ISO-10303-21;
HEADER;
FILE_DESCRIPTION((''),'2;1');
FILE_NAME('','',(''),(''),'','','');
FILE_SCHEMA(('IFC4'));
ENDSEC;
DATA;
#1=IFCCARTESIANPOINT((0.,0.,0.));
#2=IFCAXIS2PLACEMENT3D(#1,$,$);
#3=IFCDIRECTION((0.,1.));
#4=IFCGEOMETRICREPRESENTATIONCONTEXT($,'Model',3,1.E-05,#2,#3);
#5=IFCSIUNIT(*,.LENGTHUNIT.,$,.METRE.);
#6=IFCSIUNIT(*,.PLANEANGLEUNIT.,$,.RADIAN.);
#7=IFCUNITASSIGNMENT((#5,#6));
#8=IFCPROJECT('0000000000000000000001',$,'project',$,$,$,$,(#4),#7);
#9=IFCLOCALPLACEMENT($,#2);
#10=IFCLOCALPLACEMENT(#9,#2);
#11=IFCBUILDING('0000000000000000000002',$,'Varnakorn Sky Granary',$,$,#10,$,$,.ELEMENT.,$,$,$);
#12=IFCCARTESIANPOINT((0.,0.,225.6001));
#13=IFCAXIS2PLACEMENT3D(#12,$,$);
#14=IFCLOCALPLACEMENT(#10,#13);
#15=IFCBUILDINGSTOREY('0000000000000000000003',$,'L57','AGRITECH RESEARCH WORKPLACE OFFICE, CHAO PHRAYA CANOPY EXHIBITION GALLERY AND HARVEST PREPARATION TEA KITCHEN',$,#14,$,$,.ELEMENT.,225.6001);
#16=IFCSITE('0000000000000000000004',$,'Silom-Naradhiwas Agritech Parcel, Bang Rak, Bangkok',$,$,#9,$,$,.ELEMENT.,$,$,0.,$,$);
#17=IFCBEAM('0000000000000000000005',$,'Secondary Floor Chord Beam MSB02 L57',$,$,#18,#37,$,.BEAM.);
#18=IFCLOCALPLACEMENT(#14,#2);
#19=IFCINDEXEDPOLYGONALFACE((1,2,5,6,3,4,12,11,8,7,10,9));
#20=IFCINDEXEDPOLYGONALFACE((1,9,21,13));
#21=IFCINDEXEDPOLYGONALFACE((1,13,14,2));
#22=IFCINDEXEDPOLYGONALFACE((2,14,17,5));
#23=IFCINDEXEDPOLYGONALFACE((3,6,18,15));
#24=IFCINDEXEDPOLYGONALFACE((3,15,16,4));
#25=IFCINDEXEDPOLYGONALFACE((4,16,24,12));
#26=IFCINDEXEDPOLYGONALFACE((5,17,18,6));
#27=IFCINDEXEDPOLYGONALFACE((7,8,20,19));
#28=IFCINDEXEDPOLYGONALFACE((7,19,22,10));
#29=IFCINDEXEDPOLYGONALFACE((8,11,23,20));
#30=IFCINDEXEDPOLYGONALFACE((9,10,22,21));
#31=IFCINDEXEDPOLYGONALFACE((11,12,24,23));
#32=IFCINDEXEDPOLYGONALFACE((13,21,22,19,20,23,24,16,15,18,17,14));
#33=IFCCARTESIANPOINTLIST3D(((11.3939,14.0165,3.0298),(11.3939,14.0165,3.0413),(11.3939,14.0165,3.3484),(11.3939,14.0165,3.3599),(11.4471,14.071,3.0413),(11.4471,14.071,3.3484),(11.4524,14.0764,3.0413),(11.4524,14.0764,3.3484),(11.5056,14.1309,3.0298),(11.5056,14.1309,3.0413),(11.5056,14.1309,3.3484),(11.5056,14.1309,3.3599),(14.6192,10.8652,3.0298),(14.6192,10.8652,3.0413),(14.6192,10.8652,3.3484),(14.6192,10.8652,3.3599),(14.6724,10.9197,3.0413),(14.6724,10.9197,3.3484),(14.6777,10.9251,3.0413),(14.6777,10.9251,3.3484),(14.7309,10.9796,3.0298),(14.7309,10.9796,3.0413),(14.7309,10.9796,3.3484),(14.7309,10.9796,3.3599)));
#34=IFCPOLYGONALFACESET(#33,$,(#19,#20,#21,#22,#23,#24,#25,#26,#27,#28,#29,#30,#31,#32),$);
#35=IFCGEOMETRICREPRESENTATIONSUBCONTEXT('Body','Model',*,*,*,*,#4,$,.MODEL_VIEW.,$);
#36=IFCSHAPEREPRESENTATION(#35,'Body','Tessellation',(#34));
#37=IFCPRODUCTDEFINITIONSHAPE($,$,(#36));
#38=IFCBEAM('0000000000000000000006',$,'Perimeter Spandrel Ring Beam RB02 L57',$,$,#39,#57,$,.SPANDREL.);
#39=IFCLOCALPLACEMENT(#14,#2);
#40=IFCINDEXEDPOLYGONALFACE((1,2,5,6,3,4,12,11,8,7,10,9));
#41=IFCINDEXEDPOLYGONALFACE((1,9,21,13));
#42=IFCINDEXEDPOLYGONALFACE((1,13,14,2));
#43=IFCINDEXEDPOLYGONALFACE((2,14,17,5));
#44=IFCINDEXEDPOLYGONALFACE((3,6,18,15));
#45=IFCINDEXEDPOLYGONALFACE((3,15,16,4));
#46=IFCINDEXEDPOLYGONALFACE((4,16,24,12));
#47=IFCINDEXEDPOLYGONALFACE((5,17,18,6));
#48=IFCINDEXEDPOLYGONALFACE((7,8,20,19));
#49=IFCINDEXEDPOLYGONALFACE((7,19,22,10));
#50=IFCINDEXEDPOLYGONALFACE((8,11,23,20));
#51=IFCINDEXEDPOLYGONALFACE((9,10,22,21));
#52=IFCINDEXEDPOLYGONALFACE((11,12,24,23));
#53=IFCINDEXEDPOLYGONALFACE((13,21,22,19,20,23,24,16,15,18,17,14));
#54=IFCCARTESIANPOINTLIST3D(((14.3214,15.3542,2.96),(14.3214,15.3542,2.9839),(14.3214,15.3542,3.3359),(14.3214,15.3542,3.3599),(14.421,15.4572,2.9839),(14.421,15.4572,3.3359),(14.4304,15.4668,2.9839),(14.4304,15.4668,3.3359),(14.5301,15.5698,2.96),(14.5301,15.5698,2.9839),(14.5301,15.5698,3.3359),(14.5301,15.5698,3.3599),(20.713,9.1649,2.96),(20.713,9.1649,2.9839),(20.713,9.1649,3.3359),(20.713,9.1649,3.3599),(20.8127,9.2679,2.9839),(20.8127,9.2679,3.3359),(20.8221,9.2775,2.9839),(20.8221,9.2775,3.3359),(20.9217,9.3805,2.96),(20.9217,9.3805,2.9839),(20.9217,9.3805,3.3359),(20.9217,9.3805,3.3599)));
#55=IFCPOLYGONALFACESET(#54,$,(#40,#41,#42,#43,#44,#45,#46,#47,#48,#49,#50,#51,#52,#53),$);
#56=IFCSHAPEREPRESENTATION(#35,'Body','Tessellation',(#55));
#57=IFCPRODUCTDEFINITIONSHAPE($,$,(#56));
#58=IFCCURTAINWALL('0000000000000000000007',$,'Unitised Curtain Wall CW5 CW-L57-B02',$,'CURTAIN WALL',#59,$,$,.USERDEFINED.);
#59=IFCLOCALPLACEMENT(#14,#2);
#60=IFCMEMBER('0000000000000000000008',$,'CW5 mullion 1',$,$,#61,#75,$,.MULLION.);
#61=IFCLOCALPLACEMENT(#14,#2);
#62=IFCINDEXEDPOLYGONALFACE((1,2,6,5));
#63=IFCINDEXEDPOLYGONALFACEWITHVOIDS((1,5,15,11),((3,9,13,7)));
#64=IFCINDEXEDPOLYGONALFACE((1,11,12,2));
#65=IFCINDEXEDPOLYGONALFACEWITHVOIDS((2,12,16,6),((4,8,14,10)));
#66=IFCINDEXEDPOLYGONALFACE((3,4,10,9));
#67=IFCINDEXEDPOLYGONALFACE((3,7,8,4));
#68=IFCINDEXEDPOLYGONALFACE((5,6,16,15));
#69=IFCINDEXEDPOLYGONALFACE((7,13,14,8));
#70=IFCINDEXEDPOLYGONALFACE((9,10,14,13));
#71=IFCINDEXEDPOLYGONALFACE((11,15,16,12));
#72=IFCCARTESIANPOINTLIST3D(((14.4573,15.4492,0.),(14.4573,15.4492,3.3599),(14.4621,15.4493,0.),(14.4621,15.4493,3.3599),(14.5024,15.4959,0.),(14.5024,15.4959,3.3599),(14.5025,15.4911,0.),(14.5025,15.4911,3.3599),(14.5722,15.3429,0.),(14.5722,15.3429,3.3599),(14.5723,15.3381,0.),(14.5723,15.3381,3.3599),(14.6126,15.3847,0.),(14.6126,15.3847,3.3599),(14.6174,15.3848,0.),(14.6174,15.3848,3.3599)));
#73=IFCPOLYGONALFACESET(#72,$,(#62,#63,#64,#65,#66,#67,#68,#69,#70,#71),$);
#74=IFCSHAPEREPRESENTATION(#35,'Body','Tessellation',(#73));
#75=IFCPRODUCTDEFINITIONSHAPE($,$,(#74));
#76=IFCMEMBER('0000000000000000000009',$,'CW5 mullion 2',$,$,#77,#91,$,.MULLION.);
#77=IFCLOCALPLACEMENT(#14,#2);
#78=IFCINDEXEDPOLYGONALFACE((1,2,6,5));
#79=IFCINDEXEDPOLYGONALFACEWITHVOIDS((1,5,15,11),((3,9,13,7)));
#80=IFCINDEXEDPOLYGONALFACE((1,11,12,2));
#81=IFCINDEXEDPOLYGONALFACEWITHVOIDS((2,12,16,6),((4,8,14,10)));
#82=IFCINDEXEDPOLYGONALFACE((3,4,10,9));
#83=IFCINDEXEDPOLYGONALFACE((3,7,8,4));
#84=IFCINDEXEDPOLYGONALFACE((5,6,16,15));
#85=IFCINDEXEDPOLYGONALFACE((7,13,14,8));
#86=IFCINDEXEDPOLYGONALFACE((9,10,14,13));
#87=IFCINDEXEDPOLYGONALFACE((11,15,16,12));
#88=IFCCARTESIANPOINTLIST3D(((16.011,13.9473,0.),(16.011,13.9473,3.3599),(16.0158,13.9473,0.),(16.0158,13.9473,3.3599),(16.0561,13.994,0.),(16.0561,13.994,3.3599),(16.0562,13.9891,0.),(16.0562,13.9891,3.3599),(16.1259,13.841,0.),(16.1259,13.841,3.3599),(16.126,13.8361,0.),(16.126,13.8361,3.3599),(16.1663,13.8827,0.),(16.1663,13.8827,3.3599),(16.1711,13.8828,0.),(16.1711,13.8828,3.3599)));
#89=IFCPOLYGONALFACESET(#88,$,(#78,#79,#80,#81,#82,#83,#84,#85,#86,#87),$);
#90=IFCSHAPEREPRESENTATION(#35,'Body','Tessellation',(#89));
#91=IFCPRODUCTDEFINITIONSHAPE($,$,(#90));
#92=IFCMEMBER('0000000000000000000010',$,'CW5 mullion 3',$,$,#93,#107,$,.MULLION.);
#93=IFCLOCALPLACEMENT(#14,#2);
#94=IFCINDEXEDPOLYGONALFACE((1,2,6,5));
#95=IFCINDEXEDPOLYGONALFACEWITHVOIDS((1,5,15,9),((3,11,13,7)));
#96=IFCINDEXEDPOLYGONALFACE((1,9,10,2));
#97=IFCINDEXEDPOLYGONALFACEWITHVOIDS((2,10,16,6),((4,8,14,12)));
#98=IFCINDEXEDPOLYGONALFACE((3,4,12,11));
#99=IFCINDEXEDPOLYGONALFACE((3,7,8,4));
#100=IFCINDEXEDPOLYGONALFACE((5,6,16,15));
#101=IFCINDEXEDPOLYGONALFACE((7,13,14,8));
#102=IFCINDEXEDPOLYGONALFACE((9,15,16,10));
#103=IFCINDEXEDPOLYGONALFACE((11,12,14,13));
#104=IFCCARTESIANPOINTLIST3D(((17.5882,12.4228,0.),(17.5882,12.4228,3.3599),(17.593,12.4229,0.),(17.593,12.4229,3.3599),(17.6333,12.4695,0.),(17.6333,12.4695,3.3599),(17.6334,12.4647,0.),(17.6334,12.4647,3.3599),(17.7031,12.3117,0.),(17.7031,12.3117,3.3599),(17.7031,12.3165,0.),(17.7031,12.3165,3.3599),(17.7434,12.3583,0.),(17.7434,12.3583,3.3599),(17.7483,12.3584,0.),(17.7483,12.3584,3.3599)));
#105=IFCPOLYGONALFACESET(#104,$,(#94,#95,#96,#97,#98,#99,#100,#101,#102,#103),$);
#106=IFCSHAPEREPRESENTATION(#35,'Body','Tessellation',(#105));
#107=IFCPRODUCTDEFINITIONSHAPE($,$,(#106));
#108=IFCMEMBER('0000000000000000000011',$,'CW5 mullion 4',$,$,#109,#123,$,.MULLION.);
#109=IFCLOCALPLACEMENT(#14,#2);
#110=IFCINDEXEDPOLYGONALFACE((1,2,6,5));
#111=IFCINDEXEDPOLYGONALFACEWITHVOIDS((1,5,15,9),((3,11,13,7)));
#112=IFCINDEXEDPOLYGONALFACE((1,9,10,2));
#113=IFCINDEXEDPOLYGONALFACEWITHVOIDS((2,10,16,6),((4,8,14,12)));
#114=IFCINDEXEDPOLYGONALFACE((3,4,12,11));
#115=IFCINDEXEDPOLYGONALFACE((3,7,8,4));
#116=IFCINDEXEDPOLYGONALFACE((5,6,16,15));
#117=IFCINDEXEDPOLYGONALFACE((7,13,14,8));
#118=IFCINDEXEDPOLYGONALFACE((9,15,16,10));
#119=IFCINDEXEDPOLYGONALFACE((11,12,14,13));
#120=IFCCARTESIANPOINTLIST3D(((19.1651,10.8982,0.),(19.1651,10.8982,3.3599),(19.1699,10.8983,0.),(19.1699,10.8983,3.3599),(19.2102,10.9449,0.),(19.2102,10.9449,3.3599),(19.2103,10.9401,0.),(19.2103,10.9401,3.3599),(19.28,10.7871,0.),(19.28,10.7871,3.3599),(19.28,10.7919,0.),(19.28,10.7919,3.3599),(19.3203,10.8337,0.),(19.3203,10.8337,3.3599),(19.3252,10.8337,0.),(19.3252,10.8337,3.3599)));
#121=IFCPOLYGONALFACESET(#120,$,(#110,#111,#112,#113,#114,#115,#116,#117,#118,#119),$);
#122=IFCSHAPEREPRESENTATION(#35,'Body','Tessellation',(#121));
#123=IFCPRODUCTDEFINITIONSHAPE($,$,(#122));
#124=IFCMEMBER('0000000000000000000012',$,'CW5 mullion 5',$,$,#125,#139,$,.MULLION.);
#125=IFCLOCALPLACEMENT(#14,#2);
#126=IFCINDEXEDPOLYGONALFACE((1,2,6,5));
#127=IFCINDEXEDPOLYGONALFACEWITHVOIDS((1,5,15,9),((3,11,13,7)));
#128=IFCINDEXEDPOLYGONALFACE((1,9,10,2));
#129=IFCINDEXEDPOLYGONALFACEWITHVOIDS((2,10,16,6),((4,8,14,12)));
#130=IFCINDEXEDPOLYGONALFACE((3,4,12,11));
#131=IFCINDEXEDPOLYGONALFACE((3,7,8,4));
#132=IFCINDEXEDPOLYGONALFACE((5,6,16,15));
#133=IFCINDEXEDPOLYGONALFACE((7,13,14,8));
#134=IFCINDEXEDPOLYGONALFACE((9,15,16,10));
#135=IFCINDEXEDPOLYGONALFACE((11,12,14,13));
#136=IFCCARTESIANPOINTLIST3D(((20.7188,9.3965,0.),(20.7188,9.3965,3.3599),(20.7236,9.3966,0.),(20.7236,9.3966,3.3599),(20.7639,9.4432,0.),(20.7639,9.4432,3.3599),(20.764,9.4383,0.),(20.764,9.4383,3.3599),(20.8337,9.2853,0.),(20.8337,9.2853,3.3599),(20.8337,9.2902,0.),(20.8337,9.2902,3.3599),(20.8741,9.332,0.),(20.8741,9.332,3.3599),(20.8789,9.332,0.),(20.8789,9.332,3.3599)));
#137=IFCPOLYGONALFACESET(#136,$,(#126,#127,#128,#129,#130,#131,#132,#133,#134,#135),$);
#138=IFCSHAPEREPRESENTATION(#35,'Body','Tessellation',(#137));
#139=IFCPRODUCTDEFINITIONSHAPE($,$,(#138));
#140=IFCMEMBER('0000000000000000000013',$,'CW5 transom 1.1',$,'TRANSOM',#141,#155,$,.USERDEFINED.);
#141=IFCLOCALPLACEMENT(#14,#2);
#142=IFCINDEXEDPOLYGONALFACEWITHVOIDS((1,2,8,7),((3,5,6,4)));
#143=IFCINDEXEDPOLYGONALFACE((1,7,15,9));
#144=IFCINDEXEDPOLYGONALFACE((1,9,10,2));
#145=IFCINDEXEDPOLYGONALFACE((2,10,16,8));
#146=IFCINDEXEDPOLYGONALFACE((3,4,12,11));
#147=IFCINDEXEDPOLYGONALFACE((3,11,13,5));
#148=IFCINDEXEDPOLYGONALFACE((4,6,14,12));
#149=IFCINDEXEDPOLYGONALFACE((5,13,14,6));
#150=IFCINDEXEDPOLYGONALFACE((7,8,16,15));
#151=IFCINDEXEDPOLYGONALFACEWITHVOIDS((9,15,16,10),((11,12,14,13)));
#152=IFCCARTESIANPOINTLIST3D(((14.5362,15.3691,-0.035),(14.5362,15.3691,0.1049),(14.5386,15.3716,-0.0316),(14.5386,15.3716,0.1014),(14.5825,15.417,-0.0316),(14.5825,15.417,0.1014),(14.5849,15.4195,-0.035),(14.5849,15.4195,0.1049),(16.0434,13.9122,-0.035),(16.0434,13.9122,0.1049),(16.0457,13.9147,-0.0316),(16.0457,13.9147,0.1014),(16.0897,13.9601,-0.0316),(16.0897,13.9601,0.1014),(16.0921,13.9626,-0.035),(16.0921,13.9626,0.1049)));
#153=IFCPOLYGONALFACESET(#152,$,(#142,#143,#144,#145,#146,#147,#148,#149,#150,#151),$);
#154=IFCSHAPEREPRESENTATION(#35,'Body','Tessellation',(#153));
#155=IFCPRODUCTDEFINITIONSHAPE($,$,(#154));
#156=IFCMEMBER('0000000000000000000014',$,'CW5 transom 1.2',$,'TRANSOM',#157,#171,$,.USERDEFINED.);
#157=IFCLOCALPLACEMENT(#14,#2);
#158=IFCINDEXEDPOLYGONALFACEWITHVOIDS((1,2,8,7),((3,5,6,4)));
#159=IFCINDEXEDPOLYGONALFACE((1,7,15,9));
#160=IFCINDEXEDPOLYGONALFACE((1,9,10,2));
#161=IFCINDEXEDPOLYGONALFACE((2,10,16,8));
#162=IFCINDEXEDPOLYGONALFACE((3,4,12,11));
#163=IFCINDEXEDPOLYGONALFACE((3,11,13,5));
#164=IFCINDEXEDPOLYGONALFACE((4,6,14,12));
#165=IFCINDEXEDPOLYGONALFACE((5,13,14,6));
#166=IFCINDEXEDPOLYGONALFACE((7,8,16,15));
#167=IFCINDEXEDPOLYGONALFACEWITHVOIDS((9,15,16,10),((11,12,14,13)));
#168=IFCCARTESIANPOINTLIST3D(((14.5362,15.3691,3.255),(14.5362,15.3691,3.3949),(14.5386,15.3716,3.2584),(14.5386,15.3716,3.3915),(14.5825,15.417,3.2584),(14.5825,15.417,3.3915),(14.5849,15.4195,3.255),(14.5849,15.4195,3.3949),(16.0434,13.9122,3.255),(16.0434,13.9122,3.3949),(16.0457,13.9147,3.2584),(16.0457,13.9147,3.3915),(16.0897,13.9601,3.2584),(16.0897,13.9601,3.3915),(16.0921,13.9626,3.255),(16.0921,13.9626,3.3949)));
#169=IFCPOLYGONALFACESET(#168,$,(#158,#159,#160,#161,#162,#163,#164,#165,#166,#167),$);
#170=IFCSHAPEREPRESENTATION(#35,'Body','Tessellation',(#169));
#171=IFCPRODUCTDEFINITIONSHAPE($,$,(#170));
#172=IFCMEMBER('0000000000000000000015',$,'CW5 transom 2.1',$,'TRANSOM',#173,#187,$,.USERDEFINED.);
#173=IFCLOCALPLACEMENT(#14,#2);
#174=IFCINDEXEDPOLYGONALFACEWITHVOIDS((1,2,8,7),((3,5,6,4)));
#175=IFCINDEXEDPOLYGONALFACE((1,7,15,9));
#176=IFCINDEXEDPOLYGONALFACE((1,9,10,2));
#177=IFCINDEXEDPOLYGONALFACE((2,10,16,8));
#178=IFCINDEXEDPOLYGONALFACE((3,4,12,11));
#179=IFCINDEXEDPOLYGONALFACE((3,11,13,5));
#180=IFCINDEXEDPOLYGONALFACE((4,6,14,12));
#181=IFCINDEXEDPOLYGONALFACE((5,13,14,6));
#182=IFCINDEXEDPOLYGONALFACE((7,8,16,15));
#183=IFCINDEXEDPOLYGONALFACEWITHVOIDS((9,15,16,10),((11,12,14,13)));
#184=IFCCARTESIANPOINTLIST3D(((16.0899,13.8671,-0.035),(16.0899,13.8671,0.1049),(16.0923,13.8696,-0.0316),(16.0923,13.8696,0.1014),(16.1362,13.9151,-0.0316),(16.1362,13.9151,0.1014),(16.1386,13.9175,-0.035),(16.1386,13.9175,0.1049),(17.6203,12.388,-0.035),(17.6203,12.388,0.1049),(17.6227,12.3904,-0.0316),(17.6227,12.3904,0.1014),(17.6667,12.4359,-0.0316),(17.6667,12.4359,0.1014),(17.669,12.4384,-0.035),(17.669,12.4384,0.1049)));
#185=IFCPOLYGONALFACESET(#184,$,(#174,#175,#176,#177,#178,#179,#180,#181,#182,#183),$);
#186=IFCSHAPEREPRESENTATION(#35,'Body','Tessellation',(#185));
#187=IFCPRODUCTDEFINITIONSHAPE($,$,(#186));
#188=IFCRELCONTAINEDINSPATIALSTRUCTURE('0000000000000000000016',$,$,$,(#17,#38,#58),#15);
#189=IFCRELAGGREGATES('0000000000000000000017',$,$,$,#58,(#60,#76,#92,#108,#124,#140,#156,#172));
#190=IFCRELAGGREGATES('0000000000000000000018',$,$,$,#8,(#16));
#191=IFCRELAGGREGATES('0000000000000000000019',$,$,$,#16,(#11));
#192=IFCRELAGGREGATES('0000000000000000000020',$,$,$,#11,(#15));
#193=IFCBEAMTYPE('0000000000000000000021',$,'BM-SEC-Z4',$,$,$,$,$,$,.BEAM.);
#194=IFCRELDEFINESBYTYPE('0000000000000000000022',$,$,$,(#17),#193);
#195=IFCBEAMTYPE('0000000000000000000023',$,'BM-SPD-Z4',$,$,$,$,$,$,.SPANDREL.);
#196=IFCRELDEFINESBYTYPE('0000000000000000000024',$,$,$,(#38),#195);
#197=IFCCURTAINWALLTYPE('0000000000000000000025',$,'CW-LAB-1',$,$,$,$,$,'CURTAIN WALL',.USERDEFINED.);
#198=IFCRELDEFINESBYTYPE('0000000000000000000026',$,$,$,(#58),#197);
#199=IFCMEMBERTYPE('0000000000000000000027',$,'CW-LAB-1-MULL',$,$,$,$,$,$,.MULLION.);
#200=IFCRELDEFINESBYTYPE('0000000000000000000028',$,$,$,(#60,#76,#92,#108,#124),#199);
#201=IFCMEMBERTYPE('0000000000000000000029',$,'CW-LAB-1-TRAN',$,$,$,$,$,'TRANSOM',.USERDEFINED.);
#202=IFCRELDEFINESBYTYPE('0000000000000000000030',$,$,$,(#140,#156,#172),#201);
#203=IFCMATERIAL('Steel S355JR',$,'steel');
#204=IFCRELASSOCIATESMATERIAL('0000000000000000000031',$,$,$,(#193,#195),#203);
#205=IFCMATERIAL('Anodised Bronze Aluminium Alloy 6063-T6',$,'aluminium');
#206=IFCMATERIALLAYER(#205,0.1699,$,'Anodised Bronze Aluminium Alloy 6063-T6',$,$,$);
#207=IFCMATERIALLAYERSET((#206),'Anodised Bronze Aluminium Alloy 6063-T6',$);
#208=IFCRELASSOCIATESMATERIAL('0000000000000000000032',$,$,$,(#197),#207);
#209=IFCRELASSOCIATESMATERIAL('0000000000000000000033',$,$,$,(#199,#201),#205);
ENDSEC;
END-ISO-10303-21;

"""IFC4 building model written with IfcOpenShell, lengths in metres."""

from ifc_helpers import new_model, si_unit, direction, frame, origin, origin_2d, place, context, subcontext, project, spatial, hollow_rectangle, i_section, extrude, material, layer, layer_set, material_profile, profile_set, type_object, element, aggregate, save


model = new_model("IFC4")

# Units and contexts
model_context = context("Model", 3, precision=1e-05, world=origin(), true_north=direction((0.0, 1.0)))
body_context = subcontext(model_context, "Body", "Model", "MODEL_VIEW")
ifc_project = project(units=[si_unit("LENGTHUNIT", "METRE"), si_unit("PLANEANGLEUNIT", "RADIAN")], contexts=[model_context])

# Site, building, storey
site_placement = place(None, origin())
site = spatial("IfcSite", under=ifc_project, at=site_placement, Name="Silom-Naradhiwas Agritech Parcel, Bang Rak, Bangkok", CompositionType="ELEMENT", RefElevation=0.0)
building_placement = place(site_placement, origin())
building = spatial("IfcBuilding", under=site, at=building_placement, Name="Varnakorn Sky Granary", CompositionType="ELEMENT")
storey_placement = place(building_placement, frame((0.0, 0.0, 225.6001)))
storey = spatial("IfcBuildingStorey", under=building, at=storey_placement, Name="L57", Description="AGRITECH RESEARCH WORKPLACE OFFICE, CHAO PHRAYA CANOPY EXHIBITION GALLERY AND HARVEST PREPARATION TEA KITCHEN", CompositionType="ELEMENT", Elevation=225.6001)

# Beams
ifc_material_1 = material(Name="Steel S355JR", Category="steel")
ifc_material_profile_1 = material_profile(ifc_material_1, i_section(OverallWidth=0.1599, OverallDepth=0.3301, WebThickness=0.0076, FlangeThickness=0.0115, at=origin_2d()), Name="IPE 330")
ifc_profile_set_1 = profile_set([ifc_material_profile_1], Name="Steel S355JR")
beam_type_1 = type_object("IfcBeamType", Name="BM-SEC-Z4", PredefinedType="BEAM", material=ifc_profile_set_1)
beam_1_placement = place(storey_placement, frame((14.675, 10.9224, 3.1948), z_axis=(-0.715262, 0.698857, 0.0), x_axis=(-0.698857, -0.715262, 0.0)))
element("IfcBeam", 1, at=beam_1_placement, inside=storey, type_object=beam_type_1, Name="Secondary Floor Chord Beam MSB02 L57", PredefinedType="BEAM", context=body_context, shape_type="SweptSolid", body=[
    extrude(i_section(OverallWidth=0.1599, OverallDepth=0.3301, WebThickness=0.0076, FlangeThickness=0.0115, at=origin_2d()), origin(), (0.0, 0.0, 1.0), 4.5093),
])
ifc_material_profile_2 = material_profile(ifc_material_1, i_section(OverallWidth=0.3, OverallDepth=0.3999, WebThickness=0.0134, FlangeThickness=0.0239, at=origin_2d()), Name="HE 400 B")
ifc_profile_set_2 = profile_set([ifc_material_profile_2], Name="Steel S355JR")
beam_type_2 = type_object("IfcBeamType", Name="BM-SPD-Z4", PredefinedType="SPANDREL", material=ifc_profile_set_2)
beam_2_placement = place(storey_placement, frame((20.8174, 9.2727, 3.1599), z_axis=(-0.718389, 0.695641, 0.0), x_axis=(-0.695641, -0.718389, 0.0)))
element("IfcBeam", 2, at=beam_2_placement, inside=storey, type_object=beam_type_2, Name="Perimeter Spandrel Ring Beam RB02 L57", PredefinedType="SPANDREL", context=body_context, shape_type="SweptSolid", body=[
    extrude(i_section(OverallWidth=0.3, OverallDepth=0.3999, WebThickness=0.0134, FlangeThickness=0.0239, at=origin_2d()), origin(), (0.0, 0.0, 1.0), 8.8972),
])

# Curtain wall, members
ifc_material_2 = material(Name="Anodised Bronze Aluminium Alloy 6063-T6", Category="aluminium")
ifc_layer_1 = layer(ifc_material_2, 0.1699, Name="Anodised Bronze Aluminium Alloy 6063-T6")
ifc_layer_set_1 = layer_set([ifc_layer_1], Name="Anodised Bronze Aluminium Alloy 6063-T6")
curtain_wall_type = type_object("IfcCurtainWallType", Name="CW-LAB-1", ElementType="CURTAIN WALL", PredefinedType="USERDEFINED", material=ifc_layer_set_1)
curtain_wall_placement = place(storey_placement, origin())
curtain_wall = element("IfcCurtainWall", 3, at=curtain_wall_placement, inside=storey, type_object=curtain_wall_type, Name="Unitised Curtain Wall CW5 CW-L57-B02", ObjectType="CURTAIN WALL", PredefinedType="USERDEFINED")
ifc_material_profile_3 = material_profile(ifc_material_2, hollow_rectangle(XDim=0.0649, YDim=0.1599, WallThickness=0.0034, at=origin_2d()), Name="ALU MULL 65x160")
ifc_profile_set_3 = profile_set([ifc_material_profile_3], Name="Anodised Bronze Aluminium Alloy 6063-T6")
member_type_1 = type_object("IfcMemberType", Name="CW-LAB-1-MULL", PredefinedType="MULLION", material=ifc_profile_set_3)
member_1_placement = place(storey_placement, frame((14.5374, 15.417, 0.0), z_axis=(0.0, 0.0, 1.0), x_axis=(0.695009, 0.719001, 0.0)))
member_1 = element("IfcMember", 4, at=member_1_placement, type_object=member_type_1, Name="CW5 mullion 1", PredefinedType="MULLION", context=body_context, shape_type="SweptSolid", body=[
    extrude(hollow_rectangle(XDim=0.0649, YDim=0.1599, WallThickness=0.0034, at=origin_2d()), origin(), (0.0, 0.0, 1.0), 3.3599),
])
member_2_placement = place(storey_placement, frame((16.0911, 13.915, 0.0), z_axis=(0.0, 0.0, 1.0), x_axis=(0.695009, 0.719001, 0.0)))
member_2 = element("IfcMember", 5, at=member_2_placement, type_object=member_type_1, Name="CW5 mullion 2", PredefinedType="MULLION", context=body_context, shape_type="SweptSolid", body=[
    extrude(hollow_rectangle(XDim=0.0649, YDim=0.1599, WallThickness=0.0034, at=origin_2d()), origin(), (0.0, 0.0, 1.0), 3.3599),
])
member_3_placement = place(storey_placement, frame((17.6682, 12.3906, 0.0), z_axis=(0.0, 0.0, 1.0), x_axis=(0.695009, 0.719001, 0.0)))
member_3 = element("IfcMember", 6, at=member_3_placement, type_object=member_type_1, Name="CW5 mullion 3", PredefinedType="MULLION", context=body_context, shape_type="SweptSolid", body=[
    extrude(hollow_rectangle(XDim=0.0649, YDim=0.1599, WallThickness=0.0034, at=origin_2d()), origin(), (0.0, 0.0, 1.0), 3.3599),
])
member_4_placement = place(storey_placement, frame((19.2451, 10.866, 0.0), z_axis=(0.0, 0.0, 1.0), x_axis=(0.695009, 0.719001, 0.0)))
member_4 = element("IfcMember", 7, at=member_4_placement, type_object=member_type_1, Name="CW5 mullion 4", PredefinedType="MULLION", context=body_context, shape_type="SweptSolid", body=[
    extrude(hollow_rectangle(XDim=0.0649, YDim=0.1599, WallThickness=0.0034, at=origin_2d()), origin(), (0.0, 0.0, 1.0), 3.3599),
])
member_5_placement = place(storey_placement, frame((20.7988, 9.3643, 0.0), z_axis=(0.0, 0.0, 1.0), x_axis=(0.695009, 0.719001, 0.0)))
member_5 = element("IfcMember", 8, at=member_5_placement, type_object=member_type_1, Name="CW5 mullion 5", PredefinedType="MULLION", context=body_context, shape_type="SweptSolid", body=[
    extrude(hollow_rectangle(XDim=0.0649, YDim=0.1599, WallThickness=0.0034, at=origin_2d()), origin(), (0.0, 0.0, 1.0), 3.3599),
])
ifc_material_profile_4 = material_profile(ifc_material_2, hollow_rectangle(XDim=0.0701, YDim=0.1399, WallThickness=0.0034, at=origin_2d()), Name="ALU TRAN 70x140")
ifc_profile_set_4 = profile_set([ifc_material_profile_4], Name="Anodised Bronze Aluminium Alloy 6063-T6")
member_type_2 = type_object("IfcMemberType", Name="CW-LAB-1-TRAN", ElementType="TRANSOM", PredefinedType="USERDEFINED", material=ifc_profile_set_4)
member_6_placement = place(storey_placement, frame((14.5605, 15.3943, 0.0349), z_axis=(0.719002, -0.695008, 0.0), x_axis=(0.695008, 0.719002, 0.0)))
member_6 = element("IfcMember", 9, at=member_6_placement, type_object=member_type_2, Name="CW5 transom 1.1", ObjectType="TRANSOM", PredefinedType="USERDEFINED", context=body_context, shape_type="SweptSolid", body=[
    extrude(hollow_rectangle(XDim=0.0701, YDim=0.1399, WallThickness=0.0034, at=origin_2d()), origin(), (0.0, 0.0, 1.0), 2.0962),
])
member_7_placement = place(storey_placement, frame((14.5605, 15.3943, 3.325), z_axis=(0.719002, -0.695008, 0.0), x_axis=(0.695008, 0.719002, 0.0)))
member_7 = element("IfcMember", 10, at=member_7_placement, type_object=member_type_2, Name="CW5 transom 1.2", ObjectType="TRANSOM", PredefinedType="USERDEFINED", context=body_context, shape_type="SweptSolid", body=[
    extrude(hollow_rectangle(XDim=0.0701, YDim=0.1399, WallThickness=0.0034, at=origin_2d()), origin(), (0.0, 0.0, 1.0), 2.0962),
])
member_8_placement = place(storey_placement, frame((16.1143, 13.8923, 0.0349), z_axis=(0.719048, -0.694961, 0.0), x_axis=(0.694961, 0.719048, 0.0)))
member_8 = element("IfcMember", 11, at=member_8_placement, type_object=member_type_2, Name="CW5 transom 2.1", ObjectType="TRANSOM", PredefinedType="USERDEFINED", context=body_context, shape_type="SweptSolid", body=[
    extrude(hollow_rectangle(XDim=0.0701, YDim=0.1399, WallThickness=0.0034, at=origin_2d()), origin(), (0.0, 0.0, 1.0), 2.1284),
])

aggregate(curtain_wall, [member_1, member_2, member_3, member_4, member_5, member_6, member_7, member_8])

save(model, "model.ifc")
